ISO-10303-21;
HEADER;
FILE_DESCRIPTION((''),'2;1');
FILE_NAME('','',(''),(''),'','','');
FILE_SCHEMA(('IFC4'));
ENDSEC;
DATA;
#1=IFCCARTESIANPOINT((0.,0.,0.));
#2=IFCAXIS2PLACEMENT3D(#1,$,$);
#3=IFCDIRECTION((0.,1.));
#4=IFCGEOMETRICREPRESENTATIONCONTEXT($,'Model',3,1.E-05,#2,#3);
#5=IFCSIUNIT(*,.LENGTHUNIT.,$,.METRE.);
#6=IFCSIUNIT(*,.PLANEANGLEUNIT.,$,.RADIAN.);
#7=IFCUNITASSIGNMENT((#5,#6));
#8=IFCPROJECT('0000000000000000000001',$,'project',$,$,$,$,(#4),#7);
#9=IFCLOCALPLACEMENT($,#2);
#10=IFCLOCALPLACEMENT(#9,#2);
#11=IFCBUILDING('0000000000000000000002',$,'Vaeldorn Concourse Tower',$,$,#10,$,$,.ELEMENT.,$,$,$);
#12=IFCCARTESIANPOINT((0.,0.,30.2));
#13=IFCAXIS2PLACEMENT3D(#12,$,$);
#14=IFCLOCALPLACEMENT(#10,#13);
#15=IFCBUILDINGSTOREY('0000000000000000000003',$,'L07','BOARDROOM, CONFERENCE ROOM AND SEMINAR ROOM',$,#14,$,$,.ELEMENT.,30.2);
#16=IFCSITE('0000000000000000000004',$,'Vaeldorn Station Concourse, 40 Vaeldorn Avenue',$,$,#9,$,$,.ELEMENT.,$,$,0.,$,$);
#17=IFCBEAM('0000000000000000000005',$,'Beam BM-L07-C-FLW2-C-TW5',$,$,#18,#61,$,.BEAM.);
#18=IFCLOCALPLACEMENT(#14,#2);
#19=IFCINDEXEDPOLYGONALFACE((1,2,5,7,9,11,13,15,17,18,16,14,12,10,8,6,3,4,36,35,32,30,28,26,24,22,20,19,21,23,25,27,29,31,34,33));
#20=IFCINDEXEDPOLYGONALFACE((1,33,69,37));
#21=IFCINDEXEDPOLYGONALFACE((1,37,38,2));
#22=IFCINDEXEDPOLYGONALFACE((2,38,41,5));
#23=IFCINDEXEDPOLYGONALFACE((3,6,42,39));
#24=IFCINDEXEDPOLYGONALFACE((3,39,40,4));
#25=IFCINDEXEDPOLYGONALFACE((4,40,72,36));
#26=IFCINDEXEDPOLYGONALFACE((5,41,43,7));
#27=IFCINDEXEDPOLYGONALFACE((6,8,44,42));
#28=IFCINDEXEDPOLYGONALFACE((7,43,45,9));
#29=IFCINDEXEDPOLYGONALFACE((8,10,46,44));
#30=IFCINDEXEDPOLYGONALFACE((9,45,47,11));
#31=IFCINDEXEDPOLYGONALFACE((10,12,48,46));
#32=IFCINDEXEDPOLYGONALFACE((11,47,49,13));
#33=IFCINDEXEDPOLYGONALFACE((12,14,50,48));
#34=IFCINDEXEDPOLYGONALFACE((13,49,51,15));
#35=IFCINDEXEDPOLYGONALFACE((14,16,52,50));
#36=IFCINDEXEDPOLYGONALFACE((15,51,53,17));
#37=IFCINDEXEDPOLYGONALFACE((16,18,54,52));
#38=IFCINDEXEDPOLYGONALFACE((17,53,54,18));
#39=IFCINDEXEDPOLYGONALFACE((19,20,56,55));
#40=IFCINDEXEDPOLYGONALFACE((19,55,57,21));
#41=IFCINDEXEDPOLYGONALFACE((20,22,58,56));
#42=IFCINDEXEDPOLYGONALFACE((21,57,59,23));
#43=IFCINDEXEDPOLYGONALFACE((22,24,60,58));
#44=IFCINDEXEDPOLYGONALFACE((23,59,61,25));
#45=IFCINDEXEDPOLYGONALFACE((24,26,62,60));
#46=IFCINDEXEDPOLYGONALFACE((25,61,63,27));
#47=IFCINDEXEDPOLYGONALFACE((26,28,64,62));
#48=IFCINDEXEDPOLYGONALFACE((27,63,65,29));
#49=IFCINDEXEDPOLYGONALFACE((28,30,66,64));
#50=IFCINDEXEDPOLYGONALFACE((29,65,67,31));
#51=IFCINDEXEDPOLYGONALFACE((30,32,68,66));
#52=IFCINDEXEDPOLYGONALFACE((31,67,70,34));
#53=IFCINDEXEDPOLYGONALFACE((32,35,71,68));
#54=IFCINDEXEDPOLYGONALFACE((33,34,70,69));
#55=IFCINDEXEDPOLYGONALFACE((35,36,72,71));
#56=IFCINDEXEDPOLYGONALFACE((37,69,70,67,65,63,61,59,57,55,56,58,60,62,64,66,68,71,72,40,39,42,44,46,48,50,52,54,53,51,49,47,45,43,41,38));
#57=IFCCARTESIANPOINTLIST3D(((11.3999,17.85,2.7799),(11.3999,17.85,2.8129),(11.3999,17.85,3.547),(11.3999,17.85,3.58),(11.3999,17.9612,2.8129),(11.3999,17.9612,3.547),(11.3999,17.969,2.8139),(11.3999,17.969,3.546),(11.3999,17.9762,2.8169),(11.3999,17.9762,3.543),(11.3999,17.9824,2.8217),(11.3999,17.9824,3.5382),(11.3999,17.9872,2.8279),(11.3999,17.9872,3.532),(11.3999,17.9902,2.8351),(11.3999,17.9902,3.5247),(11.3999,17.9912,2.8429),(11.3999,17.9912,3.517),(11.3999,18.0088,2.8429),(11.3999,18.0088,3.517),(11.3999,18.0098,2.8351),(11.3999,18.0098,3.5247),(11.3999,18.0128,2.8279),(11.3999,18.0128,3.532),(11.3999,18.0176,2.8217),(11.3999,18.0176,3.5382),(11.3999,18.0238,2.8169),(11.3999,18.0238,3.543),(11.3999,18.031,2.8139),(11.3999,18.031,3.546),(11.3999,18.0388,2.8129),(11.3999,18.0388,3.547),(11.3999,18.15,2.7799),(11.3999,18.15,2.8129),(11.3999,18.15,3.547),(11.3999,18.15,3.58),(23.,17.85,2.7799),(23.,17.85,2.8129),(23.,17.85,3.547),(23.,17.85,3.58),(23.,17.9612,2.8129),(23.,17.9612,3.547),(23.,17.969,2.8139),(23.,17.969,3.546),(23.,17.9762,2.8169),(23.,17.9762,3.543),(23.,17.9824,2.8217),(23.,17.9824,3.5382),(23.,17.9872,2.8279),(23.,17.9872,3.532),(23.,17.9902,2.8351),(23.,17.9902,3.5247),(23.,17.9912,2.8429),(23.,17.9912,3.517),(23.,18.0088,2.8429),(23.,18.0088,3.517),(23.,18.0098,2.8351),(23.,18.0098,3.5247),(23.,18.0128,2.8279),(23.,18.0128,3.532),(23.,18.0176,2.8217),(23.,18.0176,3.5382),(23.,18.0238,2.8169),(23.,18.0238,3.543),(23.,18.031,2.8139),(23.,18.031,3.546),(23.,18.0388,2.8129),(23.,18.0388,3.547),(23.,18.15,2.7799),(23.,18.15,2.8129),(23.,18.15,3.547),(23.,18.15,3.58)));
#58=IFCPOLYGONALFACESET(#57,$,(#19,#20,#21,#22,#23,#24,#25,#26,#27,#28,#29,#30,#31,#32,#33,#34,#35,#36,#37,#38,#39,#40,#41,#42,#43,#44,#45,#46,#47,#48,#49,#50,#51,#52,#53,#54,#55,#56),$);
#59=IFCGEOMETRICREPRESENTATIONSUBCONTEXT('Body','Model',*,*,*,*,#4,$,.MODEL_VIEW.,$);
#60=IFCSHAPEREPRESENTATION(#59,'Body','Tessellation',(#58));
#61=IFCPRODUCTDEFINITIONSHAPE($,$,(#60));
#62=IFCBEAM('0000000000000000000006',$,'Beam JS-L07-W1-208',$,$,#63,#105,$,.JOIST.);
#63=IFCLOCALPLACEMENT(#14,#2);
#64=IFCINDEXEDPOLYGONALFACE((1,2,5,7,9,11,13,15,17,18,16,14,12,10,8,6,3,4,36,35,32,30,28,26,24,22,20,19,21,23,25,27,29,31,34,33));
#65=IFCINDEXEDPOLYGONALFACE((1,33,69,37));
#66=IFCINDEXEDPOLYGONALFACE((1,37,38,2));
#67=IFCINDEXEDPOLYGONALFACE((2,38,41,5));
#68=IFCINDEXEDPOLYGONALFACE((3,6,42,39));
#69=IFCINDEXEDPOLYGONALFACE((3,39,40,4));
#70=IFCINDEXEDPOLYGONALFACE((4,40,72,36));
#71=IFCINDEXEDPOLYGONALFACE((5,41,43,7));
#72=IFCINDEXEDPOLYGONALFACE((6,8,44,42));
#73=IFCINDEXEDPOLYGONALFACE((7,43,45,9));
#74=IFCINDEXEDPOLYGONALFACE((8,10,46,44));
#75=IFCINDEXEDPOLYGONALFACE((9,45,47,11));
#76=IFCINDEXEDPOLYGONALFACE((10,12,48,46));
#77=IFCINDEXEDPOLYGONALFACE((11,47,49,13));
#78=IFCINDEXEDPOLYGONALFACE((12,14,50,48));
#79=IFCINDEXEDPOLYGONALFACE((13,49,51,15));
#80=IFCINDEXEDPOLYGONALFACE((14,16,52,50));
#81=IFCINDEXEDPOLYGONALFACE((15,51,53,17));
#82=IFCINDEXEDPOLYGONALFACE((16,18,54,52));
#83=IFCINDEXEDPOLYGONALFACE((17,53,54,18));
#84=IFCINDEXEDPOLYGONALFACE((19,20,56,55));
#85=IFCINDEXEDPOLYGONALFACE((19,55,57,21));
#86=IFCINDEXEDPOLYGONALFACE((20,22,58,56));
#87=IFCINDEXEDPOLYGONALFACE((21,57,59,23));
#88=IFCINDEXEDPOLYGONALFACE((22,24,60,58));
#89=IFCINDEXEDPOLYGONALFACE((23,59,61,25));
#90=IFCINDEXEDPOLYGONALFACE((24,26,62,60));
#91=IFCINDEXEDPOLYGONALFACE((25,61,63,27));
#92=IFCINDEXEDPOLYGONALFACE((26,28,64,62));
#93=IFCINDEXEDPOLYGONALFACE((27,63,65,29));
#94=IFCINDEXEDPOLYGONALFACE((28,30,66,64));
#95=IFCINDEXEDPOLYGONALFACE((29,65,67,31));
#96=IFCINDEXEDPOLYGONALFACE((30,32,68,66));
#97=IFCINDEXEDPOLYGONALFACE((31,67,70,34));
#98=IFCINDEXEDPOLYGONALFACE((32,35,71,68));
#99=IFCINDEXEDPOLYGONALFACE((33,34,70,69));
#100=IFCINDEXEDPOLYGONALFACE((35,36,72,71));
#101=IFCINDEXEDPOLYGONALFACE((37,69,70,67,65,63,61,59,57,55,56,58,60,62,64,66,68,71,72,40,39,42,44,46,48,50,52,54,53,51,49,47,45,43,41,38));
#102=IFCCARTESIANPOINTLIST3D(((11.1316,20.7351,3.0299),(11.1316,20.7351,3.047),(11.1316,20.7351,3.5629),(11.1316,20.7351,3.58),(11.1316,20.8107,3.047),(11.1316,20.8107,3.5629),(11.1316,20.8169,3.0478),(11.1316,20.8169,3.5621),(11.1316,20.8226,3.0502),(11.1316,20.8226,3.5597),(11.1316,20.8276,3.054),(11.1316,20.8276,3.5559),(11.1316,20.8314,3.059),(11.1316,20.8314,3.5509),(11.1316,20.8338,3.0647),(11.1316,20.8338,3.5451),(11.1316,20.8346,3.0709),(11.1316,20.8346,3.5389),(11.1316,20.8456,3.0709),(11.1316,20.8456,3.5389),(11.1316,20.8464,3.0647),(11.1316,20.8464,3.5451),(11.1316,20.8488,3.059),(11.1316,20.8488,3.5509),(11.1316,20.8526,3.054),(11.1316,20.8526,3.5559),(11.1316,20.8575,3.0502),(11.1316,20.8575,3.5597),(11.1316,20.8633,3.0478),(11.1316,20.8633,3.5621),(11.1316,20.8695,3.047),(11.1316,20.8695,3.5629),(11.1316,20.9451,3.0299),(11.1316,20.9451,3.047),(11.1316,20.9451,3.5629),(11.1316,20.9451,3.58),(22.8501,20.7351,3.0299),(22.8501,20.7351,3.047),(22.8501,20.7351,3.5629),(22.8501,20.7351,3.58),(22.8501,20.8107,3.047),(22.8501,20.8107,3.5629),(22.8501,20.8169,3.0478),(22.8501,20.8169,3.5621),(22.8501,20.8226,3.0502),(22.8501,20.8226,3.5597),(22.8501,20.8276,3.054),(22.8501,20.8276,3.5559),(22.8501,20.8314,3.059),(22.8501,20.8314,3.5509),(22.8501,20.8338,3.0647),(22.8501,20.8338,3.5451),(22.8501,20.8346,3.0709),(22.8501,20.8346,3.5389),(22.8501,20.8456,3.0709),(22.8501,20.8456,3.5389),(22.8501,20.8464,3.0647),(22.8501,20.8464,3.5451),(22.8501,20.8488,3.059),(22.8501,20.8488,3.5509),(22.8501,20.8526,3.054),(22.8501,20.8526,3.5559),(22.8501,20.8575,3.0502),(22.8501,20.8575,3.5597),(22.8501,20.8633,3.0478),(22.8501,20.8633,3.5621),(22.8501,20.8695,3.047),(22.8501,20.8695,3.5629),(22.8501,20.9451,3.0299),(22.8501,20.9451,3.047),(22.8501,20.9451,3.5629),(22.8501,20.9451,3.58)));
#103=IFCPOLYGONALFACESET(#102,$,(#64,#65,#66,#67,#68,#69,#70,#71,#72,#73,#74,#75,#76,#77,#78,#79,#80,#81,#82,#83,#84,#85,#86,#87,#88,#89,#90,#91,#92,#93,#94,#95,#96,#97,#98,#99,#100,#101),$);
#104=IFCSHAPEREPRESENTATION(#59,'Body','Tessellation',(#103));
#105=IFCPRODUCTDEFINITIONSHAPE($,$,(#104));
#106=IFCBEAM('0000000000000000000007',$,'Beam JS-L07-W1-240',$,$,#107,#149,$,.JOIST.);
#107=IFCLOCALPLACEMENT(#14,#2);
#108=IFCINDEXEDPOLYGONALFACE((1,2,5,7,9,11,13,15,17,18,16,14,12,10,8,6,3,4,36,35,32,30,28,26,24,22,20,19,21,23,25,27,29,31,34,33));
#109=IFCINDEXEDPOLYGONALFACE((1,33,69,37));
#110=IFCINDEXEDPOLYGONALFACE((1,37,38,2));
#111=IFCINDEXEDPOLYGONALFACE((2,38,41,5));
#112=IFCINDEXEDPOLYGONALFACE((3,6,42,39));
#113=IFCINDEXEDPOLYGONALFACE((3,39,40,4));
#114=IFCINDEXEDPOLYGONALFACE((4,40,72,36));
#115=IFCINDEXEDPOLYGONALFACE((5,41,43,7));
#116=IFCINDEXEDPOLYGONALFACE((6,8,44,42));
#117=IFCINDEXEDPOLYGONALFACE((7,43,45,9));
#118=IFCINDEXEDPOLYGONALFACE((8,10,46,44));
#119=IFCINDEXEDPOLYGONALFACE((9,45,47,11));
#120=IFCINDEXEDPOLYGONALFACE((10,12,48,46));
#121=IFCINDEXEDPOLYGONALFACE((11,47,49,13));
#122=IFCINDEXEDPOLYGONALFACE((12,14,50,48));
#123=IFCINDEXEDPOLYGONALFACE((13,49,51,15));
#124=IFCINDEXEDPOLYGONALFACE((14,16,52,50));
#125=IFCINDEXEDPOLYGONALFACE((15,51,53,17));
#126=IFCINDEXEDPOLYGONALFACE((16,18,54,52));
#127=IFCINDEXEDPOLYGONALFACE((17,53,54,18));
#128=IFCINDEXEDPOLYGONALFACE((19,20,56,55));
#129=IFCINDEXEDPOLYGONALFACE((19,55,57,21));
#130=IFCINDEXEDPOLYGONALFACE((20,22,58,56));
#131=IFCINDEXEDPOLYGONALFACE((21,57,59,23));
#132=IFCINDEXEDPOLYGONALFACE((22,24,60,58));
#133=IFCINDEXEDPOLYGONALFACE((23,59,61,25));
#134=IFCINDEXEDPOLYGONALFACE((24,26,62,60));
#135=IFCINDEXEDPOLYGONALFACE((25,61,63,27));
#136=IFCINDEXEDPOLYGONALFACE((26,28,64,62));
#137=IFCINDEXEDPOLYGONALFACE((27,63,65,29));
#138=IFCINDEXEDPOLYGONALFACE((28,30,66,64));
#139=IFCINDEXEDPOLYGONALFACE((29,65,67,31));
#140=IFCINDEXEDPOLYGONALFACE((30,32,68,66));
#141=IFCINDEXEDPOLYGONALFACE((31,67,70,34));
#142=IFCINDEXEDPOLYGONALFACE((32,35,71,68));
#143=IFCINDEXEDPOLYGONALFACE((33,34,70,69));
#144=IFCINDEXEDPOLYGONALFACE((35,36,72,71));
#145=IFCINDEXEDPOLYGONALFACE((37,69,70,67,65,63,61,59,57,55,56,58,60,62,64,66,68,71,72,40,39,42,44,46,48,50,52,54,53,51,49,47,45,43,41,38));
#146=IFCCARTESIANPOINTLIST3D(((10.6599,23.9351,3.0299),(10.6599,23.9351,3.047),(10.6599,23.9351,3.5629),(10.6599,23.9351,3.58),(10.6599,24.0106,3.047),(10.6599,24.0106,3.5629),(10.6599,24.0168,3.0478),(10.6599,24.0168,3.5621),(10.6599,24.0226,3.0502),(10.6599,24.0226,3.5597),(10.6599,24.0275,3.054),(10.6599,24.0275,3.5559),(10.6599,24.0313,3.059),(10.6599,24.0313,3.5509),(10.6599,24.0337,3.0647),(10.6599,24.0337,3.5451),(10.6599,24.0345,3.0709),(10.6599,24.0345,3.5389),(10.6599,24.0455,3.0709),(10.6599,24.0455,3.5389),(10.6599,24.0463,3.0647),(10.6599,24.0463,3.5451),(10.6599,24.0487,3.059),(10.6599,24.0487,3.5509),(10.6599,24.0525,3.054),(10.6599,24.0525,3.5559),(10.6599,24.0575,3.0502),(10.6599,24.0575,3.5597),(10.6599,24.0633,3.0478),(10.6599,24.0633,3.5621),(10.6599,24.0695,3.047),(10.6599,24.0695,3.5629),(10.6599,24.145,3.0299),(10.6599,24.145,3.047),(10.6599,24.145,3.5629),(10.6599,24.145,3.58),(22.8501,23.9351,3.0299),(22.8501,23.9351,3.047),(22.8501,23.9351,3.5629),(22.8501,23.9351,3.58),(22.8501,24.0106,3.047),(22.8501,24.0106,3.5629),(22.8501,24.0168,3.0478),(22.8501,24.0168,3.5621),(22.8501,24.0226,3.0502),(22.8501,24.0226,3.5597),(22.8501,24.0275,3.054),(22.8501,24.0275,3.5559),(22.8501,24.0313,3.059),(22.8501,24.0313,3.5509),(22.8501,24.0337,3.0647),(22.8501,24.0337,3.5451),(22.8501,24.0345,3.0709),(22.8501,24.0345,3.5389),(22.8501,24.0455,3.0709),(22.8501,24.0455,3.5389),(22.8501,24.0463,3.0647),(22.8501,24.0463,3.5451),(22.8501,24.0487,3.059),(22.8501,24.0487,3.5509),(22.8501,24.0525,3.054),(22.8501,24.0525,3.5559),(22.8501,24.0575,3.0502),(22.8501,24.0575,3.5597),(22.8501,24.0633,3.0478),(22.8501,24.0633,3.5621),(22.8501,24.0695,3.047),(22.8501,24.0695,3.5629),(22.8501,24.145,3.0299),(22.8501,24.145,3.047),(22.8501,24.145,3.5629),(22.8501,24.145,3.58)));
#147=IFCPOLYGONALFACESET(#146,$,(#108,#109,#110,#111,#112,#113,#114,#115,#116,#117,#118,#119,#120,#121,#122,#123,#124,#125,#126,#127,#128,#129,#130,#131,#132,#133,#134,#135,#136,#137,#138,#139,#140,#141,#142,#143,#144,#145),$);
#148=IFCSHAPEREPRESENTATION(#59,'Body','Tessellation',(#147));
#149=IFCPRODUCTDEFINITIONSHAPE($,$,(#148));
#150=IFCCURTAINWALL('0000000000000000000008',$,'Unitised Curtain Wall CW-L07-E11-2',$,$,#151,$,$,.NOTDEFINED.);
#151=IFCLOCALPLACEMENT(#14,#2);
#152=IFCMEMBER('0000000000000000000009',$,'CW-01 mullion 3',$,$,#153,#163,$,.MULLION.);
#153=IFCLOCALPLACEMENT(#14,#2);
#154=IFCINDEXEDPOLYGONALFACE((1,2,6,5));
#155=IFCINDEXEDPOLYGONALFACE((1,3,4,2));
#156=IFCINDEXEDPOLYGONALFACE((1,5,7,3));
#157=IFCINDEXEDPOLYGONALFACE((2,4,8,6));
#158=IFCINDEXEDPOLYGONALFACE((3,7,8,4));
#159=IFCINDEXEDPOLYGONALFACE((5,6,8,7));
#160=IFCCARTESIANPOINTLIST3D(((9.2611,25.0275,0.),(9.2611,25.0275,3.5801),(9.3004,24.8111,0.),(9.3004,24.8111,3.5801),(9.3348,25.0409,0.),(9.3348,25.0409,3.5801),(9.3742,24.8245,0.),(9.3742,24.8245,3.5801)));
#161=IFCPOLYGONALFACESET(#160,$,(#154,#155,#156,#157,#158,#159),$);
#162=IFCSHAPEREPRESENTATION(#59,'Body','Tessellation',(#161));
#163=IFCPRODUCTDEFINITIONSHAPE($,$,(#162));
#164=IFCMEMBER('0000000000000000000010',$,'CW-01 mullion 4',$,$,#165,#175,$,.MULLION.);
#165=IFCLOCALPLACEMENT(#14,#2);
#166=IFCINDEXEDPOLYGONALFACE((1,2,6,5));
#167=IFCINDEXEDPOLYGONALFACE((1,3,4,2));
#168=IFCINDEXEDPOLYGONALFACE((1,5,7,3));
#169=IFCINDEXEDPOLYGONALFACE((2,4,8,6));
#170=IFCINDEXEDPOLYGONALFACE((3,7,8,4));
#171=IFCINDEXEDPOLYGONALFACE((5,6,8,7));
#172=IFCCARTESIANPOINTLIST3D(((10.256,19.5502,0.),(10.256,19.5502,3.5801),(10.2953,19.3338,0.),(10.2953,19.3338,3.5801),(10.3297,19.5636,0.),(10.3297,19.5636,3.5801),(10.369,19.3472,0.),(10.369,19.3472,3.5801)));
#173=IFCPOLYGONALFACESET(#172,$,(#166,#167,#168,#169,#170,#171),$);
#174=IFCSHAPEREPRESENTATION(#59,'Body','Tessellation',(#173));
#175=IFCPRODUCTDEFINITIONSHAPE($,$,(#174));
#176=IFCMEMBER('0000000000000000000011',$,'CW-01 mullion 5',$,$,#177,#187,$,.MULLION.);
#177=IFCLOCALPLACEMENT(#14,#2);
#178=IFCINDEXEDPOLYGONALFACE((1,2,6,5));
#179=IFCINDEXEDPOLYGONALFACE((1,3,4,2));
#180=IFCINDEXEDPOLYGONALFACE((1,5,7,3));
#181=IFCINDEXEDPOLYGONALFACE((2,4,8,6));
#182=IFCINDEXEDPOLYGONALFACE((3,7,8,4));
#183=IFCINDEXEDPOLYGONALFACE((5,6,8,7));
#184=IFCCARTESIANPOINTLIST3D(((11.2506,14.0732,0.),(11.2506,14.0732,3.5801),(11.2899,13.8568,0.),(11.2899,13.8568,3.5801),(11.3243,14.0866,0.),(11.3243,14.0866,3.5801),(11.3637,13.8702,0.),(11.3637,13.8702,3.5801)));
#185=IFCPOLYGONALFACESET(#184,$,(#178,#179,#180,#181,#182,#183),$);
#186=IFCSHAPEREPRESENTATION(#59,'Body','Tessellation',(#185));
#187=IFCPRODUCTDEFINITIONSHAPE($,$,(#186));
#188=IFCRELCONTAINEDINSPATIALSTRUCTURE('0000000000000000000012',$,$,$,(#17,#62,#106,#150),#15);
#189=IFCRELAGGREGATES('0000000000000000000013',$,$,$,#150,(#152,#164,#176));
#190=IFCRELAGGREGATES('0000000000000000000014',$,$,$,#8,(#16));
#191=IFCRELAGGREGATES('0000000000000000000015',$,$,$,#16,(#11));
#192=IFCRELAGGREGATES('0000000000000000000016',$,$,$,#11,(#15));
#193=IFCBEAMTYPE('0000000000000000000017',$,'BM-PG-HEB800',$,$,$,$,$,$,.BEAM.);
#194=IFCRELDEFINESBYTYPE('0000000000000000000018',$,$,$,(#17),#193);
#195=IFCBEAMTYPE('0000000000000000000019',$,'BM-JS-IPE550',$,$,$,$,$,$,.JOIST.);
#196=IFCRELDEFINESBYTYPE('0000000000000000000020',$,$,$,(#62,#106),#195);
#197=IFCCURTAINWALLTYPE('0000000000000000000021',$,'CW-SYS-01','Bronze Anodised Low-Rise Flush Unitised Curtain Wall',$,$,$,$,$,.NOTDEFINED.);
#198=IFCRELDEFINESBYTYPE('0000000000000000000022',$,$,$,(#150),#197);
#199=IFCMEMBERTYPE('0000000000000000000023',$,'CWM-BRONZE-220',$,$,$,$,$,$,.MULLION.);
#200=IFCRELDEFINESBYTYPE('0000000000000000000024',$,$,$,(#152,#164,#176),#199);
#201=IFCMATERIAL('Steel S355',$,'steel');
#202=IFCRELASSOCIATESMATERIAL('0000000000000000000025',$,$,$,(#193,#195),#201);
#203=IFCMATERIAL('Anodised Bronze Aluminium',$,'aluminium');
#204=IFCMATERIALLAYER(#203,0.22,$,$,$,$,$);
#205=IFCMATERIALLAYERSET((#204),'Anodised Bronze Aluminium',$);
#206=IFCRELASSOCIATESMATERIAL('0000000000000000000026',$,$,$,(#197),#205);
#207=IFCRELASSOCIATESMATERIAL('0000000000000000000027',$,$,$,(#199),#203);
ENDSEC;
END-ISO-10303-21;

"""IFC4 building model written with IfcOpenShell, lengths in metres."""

from ifc_helpers import new_model, si_unit, direction, frame, origin, origin_2d, place, context, subcontext, project, spatial, rectangle, i_section, extrude, source, transform, mapped, material, layer, layer_set, material_profile, profile_set, type_object, element, aggregate, save


model = new_model("IFC4")

# Units and contexts
model_context = context("Model", 3, precision=1e-05, world=origin(), true_north=direction((0.0, 1.0)))
body_context = subcontext(model_context, "Body", "Model", "MODEL_VIEW")
ifc_project = project(units=[si_unit("LENGTHUNIT", "METRE"), si_unit("PLANEANGLEUNIT", "RADIAN")], contexts=[model_context])

# Site, building, storey
site_placement = place(None, origin())
site = spatial("IfcSite", under=ifc_project, at=site_placement, Name="Vaeldorn Station Concourse, 40 Vaeldorn Avenue", CompositionType="ELEMENT", RefElevation=0.0)
building_placement = place(site_placement, origin())
building = spatial("IfcBuilding", under=site, at=building_placement, Name="Vaeldorn Concourse Tower", CompositionType="ELEMENT")
storey_placement = place(building_placement, frame((0.0, 0.0, 30.2)))
storey = spatial("IfcBuildingStorey", under=building, at=storey_placement, Name="L07", Description="BOARDROOM, CONFERENCE ROOM AND SEMINAR ROOM", CompositionType="ELEMENT", Elevation=30.2)

# Beams
ifc_material_1 = material(Name="Steel S355", Category="steel")
ifc_material_profile_1 = material_profile(ifc_material_1, i_section(OverallWidth=0.3, OverallDepth=0.8, WebThickness=0.0176, FlangeThickness=0.033, FilletRadius=0.03, at=origin_2d()), Name="HEB 800")
ifc_profile_set_1 = profile_set([ifc_material_profile_1], Name="Steel S355")
beam_type_1 = type_object("IfcBeamType", Name="BM-PG-HEB800", PredefinedType="BEAM", material=ifc_profile_set_1)
shared_shape_1 = source(origin(), body_context, "Body", "SweptSolid", [
    extrude(i_section(OverallWidth=0.3, OverallDepth=0.8, WebThickness=0.0176, FlangeThickness=0.033, FilletRadius=0.03, at=origin_2d()), origin(), (0.0, 0.0, 1.0), 11.6001),
])
beam_1_placement = place(storey_placement, frame((11.3999, 18.0, 3.1799), z_axis=(1.0, 0.0, 0.0), x_axis=(0.0, 1.0, 0.0)))
element("IfcBeam", 1, at=beam_1_placement, inside=storey, type_object=beam_type_1, Name="Beam BM-L07-C-FLW2-C-TW5", PredefinedType="BEAM", context=body_context, shape_type="MappedRepresentation", body=[
    mapped(shared_shape_1, transform((0.0, 0.0, 0.0), scale=1.0)),
])
ifc_material_profile_2 = material_profile(ifc_material_1, i_section(OverallWidth=0.21, OverallDepth=0.55, WebThickness=0.011, FlangeThickness=0.0171, FilletRadius=0.0239, at=origin_2d()), Name="IPE 550")
ifc_profile_set_2 = profile_set([ifc_material_profile_2], Name="Steel S355")
beam_type_2 = type_object("IfcBeamType", Name="BM-JS-IPE550", PredefinedType="JOIST", material=ifc_profile_set_2)
shared_shape_2 = source(origin(), body_context, "Body", "SweptSolid", [
    extrude(i_section(OverallWidth=0.21, OverallDepth=0.55, WebThickness=0.011, FlangeThickness=0.0171, FilletRadius=0.0239, at=origin_2d()), origin(), (0.0, 0.0, 1.0), 11.7185),
])
beam_2_placement = place(storey_placement, frame((11.1316, 20.8401, 3.3049), z_axis=(1.0, 0.0, 0.0), x_axis=(0.0, 1.0, 0.0)))
element("IfcBeam", 2, at=beam_2_placement, inside=storey, type_object=beam_type_2, Name="Beam JS-L07-W1-208", PredefinedType="JOIST", context=body_context, shape_type="MappedRepresentation", body=[
    mapped(shared_shape_2, transform((0.0, 0.0, 0.0), scale=1.0)),
])
shared_shape_3 = source(origin(), body_context, "Body", "SweptSolid", [
    extrude(i_section(OverallWidth=0.21, OverallDepth=0.55, WebThickness=0.011, FlangeThickness=0.0171, FilletRadius=0.0239, at=origin_2d()), origin(), (0.0, 0.0, 1.0), 12.1902),
])
beam_3_placement = place(storey_placement, frame((10.6599, 24.04, 3.3049), z_axis=(1.0, 0.0, 0.0), x_axis=(0.0, 1.0, 0.0)))
element("IfcBeam", 3, at=beam_3_placement, inside=storey, type_object=beam_type_2, Name="Beam JS-L07-W1-240", PredefinedType="JOIST", context=body_context, shape_type="MappedRepresentation", body=[
    mapped(shared_shape_3, transform((0.0, 0.0, 0.0), scale=1.0)),
])

# Curtain wall, members
ifc_material_2 = material(Name="Anodised Bronze Aluminium", Category="aluminium")
ifc_layer_1 = layer(ifc_material_2, 0.22)
ifc_layer_set_1 = layer_set([ifc_layer_1], Name="Anodised Bronze Aluminium")
curtain_wall_type = type_object("IfcCurtainWallType", Name="CW-SYS-01", Description="Bronze Anodised Low-Rise Flush Unitised Curtain Wall", PredefinedType="NOTDEFINED", material=ifc_layer_set_1)
curtain_wall_placement = place(storey_placement, origin())
curtain_wall = element("IfcCurtainWall", 4, at=curtain_wall_placement, inside=storey, type_object=curtain_wall_type, Name="Unitised Curtain Wall CW-L07-E11-2", PredefinedType="NOTDEFINED")
ifc_material_profile_3 = material_profile(ifc_material_2, rectangle(XDim=0.075, YDim=0.22, at=origin_2d()), Name="CWM 75x220")
ifc_profile_set_3 = profile_set([ifc_material_profile_3], Name="Anodised Bronze Aluminium")
member_type_1 = type_object("IfcMemberType", Name="CWM-BRONZE-220", PredefinedType="MULLION", material=ifc_profile_set_3)
shared_shape_4 = source(origin(), body_context, "Body", "SweptSolid", [
    extrude(rectangle(XDim=0.075, YDim=0.22, at=origin_2d()), origin(), (0.0, 0.0, 1.0), 3.5801),
])
member_1_placement = place(storey_placement, frame((9.3176, 24.926, 0.0), z_axis=(0.0, 0.0, 1.0), x_axis=(0.983905, 0.178693, 0.0)))
member_1 = element("IfcMember", 5, at=member_1_placement, type_object=member_type_1, Name="CW-01 mullion 3", PredefinedType="MULLION", context=body_context, shape_type="MappedRepresentation", body=[
    mapped(shared_shape_4, transform((0.0, 0.0, 0.0), scale=1.0)),
])
member_2_placement = place(storey_placement, frame((10.3125, 19.4487, 0.0), z_axis=(0.0, 0.0, 1.0), x_axis=(0.983905, 0.178693, 0.0)))
member_2 = element("IfcMember", 6, at=member_2_placement, type_object=member_type_1, Name="CW-01 mullion 4", PredefinedType="MULLION", context=body_context, shape_type="MappedRepresentation", body=[
    mapped(shared_shape_4, transform((0.0, 0.0, 0.0), scale=1.0)),
])
member_3_placement = place(storey_placement, frame((11.3071, 13.9717, 0.0), z_axis=(0.0, 0.0, 1.0), x_axis=(0.983905, 0.178693, 0.0)))
member_3 = element("IfcMember", 7, at=member_3_placement, type_object=member_type_1, Name="CW-01 mullion 5", PredefinedType="MULLION", context=body_context, shape_type="MappedRepresentation", body=[
    mapped(shared_shape_4, transform((0.0, 0.0, 0.0), scale=1.0)),
])
aggregate(curtain_wall, [member_1, member_2, member_3])

save(model, "model.ifc")
